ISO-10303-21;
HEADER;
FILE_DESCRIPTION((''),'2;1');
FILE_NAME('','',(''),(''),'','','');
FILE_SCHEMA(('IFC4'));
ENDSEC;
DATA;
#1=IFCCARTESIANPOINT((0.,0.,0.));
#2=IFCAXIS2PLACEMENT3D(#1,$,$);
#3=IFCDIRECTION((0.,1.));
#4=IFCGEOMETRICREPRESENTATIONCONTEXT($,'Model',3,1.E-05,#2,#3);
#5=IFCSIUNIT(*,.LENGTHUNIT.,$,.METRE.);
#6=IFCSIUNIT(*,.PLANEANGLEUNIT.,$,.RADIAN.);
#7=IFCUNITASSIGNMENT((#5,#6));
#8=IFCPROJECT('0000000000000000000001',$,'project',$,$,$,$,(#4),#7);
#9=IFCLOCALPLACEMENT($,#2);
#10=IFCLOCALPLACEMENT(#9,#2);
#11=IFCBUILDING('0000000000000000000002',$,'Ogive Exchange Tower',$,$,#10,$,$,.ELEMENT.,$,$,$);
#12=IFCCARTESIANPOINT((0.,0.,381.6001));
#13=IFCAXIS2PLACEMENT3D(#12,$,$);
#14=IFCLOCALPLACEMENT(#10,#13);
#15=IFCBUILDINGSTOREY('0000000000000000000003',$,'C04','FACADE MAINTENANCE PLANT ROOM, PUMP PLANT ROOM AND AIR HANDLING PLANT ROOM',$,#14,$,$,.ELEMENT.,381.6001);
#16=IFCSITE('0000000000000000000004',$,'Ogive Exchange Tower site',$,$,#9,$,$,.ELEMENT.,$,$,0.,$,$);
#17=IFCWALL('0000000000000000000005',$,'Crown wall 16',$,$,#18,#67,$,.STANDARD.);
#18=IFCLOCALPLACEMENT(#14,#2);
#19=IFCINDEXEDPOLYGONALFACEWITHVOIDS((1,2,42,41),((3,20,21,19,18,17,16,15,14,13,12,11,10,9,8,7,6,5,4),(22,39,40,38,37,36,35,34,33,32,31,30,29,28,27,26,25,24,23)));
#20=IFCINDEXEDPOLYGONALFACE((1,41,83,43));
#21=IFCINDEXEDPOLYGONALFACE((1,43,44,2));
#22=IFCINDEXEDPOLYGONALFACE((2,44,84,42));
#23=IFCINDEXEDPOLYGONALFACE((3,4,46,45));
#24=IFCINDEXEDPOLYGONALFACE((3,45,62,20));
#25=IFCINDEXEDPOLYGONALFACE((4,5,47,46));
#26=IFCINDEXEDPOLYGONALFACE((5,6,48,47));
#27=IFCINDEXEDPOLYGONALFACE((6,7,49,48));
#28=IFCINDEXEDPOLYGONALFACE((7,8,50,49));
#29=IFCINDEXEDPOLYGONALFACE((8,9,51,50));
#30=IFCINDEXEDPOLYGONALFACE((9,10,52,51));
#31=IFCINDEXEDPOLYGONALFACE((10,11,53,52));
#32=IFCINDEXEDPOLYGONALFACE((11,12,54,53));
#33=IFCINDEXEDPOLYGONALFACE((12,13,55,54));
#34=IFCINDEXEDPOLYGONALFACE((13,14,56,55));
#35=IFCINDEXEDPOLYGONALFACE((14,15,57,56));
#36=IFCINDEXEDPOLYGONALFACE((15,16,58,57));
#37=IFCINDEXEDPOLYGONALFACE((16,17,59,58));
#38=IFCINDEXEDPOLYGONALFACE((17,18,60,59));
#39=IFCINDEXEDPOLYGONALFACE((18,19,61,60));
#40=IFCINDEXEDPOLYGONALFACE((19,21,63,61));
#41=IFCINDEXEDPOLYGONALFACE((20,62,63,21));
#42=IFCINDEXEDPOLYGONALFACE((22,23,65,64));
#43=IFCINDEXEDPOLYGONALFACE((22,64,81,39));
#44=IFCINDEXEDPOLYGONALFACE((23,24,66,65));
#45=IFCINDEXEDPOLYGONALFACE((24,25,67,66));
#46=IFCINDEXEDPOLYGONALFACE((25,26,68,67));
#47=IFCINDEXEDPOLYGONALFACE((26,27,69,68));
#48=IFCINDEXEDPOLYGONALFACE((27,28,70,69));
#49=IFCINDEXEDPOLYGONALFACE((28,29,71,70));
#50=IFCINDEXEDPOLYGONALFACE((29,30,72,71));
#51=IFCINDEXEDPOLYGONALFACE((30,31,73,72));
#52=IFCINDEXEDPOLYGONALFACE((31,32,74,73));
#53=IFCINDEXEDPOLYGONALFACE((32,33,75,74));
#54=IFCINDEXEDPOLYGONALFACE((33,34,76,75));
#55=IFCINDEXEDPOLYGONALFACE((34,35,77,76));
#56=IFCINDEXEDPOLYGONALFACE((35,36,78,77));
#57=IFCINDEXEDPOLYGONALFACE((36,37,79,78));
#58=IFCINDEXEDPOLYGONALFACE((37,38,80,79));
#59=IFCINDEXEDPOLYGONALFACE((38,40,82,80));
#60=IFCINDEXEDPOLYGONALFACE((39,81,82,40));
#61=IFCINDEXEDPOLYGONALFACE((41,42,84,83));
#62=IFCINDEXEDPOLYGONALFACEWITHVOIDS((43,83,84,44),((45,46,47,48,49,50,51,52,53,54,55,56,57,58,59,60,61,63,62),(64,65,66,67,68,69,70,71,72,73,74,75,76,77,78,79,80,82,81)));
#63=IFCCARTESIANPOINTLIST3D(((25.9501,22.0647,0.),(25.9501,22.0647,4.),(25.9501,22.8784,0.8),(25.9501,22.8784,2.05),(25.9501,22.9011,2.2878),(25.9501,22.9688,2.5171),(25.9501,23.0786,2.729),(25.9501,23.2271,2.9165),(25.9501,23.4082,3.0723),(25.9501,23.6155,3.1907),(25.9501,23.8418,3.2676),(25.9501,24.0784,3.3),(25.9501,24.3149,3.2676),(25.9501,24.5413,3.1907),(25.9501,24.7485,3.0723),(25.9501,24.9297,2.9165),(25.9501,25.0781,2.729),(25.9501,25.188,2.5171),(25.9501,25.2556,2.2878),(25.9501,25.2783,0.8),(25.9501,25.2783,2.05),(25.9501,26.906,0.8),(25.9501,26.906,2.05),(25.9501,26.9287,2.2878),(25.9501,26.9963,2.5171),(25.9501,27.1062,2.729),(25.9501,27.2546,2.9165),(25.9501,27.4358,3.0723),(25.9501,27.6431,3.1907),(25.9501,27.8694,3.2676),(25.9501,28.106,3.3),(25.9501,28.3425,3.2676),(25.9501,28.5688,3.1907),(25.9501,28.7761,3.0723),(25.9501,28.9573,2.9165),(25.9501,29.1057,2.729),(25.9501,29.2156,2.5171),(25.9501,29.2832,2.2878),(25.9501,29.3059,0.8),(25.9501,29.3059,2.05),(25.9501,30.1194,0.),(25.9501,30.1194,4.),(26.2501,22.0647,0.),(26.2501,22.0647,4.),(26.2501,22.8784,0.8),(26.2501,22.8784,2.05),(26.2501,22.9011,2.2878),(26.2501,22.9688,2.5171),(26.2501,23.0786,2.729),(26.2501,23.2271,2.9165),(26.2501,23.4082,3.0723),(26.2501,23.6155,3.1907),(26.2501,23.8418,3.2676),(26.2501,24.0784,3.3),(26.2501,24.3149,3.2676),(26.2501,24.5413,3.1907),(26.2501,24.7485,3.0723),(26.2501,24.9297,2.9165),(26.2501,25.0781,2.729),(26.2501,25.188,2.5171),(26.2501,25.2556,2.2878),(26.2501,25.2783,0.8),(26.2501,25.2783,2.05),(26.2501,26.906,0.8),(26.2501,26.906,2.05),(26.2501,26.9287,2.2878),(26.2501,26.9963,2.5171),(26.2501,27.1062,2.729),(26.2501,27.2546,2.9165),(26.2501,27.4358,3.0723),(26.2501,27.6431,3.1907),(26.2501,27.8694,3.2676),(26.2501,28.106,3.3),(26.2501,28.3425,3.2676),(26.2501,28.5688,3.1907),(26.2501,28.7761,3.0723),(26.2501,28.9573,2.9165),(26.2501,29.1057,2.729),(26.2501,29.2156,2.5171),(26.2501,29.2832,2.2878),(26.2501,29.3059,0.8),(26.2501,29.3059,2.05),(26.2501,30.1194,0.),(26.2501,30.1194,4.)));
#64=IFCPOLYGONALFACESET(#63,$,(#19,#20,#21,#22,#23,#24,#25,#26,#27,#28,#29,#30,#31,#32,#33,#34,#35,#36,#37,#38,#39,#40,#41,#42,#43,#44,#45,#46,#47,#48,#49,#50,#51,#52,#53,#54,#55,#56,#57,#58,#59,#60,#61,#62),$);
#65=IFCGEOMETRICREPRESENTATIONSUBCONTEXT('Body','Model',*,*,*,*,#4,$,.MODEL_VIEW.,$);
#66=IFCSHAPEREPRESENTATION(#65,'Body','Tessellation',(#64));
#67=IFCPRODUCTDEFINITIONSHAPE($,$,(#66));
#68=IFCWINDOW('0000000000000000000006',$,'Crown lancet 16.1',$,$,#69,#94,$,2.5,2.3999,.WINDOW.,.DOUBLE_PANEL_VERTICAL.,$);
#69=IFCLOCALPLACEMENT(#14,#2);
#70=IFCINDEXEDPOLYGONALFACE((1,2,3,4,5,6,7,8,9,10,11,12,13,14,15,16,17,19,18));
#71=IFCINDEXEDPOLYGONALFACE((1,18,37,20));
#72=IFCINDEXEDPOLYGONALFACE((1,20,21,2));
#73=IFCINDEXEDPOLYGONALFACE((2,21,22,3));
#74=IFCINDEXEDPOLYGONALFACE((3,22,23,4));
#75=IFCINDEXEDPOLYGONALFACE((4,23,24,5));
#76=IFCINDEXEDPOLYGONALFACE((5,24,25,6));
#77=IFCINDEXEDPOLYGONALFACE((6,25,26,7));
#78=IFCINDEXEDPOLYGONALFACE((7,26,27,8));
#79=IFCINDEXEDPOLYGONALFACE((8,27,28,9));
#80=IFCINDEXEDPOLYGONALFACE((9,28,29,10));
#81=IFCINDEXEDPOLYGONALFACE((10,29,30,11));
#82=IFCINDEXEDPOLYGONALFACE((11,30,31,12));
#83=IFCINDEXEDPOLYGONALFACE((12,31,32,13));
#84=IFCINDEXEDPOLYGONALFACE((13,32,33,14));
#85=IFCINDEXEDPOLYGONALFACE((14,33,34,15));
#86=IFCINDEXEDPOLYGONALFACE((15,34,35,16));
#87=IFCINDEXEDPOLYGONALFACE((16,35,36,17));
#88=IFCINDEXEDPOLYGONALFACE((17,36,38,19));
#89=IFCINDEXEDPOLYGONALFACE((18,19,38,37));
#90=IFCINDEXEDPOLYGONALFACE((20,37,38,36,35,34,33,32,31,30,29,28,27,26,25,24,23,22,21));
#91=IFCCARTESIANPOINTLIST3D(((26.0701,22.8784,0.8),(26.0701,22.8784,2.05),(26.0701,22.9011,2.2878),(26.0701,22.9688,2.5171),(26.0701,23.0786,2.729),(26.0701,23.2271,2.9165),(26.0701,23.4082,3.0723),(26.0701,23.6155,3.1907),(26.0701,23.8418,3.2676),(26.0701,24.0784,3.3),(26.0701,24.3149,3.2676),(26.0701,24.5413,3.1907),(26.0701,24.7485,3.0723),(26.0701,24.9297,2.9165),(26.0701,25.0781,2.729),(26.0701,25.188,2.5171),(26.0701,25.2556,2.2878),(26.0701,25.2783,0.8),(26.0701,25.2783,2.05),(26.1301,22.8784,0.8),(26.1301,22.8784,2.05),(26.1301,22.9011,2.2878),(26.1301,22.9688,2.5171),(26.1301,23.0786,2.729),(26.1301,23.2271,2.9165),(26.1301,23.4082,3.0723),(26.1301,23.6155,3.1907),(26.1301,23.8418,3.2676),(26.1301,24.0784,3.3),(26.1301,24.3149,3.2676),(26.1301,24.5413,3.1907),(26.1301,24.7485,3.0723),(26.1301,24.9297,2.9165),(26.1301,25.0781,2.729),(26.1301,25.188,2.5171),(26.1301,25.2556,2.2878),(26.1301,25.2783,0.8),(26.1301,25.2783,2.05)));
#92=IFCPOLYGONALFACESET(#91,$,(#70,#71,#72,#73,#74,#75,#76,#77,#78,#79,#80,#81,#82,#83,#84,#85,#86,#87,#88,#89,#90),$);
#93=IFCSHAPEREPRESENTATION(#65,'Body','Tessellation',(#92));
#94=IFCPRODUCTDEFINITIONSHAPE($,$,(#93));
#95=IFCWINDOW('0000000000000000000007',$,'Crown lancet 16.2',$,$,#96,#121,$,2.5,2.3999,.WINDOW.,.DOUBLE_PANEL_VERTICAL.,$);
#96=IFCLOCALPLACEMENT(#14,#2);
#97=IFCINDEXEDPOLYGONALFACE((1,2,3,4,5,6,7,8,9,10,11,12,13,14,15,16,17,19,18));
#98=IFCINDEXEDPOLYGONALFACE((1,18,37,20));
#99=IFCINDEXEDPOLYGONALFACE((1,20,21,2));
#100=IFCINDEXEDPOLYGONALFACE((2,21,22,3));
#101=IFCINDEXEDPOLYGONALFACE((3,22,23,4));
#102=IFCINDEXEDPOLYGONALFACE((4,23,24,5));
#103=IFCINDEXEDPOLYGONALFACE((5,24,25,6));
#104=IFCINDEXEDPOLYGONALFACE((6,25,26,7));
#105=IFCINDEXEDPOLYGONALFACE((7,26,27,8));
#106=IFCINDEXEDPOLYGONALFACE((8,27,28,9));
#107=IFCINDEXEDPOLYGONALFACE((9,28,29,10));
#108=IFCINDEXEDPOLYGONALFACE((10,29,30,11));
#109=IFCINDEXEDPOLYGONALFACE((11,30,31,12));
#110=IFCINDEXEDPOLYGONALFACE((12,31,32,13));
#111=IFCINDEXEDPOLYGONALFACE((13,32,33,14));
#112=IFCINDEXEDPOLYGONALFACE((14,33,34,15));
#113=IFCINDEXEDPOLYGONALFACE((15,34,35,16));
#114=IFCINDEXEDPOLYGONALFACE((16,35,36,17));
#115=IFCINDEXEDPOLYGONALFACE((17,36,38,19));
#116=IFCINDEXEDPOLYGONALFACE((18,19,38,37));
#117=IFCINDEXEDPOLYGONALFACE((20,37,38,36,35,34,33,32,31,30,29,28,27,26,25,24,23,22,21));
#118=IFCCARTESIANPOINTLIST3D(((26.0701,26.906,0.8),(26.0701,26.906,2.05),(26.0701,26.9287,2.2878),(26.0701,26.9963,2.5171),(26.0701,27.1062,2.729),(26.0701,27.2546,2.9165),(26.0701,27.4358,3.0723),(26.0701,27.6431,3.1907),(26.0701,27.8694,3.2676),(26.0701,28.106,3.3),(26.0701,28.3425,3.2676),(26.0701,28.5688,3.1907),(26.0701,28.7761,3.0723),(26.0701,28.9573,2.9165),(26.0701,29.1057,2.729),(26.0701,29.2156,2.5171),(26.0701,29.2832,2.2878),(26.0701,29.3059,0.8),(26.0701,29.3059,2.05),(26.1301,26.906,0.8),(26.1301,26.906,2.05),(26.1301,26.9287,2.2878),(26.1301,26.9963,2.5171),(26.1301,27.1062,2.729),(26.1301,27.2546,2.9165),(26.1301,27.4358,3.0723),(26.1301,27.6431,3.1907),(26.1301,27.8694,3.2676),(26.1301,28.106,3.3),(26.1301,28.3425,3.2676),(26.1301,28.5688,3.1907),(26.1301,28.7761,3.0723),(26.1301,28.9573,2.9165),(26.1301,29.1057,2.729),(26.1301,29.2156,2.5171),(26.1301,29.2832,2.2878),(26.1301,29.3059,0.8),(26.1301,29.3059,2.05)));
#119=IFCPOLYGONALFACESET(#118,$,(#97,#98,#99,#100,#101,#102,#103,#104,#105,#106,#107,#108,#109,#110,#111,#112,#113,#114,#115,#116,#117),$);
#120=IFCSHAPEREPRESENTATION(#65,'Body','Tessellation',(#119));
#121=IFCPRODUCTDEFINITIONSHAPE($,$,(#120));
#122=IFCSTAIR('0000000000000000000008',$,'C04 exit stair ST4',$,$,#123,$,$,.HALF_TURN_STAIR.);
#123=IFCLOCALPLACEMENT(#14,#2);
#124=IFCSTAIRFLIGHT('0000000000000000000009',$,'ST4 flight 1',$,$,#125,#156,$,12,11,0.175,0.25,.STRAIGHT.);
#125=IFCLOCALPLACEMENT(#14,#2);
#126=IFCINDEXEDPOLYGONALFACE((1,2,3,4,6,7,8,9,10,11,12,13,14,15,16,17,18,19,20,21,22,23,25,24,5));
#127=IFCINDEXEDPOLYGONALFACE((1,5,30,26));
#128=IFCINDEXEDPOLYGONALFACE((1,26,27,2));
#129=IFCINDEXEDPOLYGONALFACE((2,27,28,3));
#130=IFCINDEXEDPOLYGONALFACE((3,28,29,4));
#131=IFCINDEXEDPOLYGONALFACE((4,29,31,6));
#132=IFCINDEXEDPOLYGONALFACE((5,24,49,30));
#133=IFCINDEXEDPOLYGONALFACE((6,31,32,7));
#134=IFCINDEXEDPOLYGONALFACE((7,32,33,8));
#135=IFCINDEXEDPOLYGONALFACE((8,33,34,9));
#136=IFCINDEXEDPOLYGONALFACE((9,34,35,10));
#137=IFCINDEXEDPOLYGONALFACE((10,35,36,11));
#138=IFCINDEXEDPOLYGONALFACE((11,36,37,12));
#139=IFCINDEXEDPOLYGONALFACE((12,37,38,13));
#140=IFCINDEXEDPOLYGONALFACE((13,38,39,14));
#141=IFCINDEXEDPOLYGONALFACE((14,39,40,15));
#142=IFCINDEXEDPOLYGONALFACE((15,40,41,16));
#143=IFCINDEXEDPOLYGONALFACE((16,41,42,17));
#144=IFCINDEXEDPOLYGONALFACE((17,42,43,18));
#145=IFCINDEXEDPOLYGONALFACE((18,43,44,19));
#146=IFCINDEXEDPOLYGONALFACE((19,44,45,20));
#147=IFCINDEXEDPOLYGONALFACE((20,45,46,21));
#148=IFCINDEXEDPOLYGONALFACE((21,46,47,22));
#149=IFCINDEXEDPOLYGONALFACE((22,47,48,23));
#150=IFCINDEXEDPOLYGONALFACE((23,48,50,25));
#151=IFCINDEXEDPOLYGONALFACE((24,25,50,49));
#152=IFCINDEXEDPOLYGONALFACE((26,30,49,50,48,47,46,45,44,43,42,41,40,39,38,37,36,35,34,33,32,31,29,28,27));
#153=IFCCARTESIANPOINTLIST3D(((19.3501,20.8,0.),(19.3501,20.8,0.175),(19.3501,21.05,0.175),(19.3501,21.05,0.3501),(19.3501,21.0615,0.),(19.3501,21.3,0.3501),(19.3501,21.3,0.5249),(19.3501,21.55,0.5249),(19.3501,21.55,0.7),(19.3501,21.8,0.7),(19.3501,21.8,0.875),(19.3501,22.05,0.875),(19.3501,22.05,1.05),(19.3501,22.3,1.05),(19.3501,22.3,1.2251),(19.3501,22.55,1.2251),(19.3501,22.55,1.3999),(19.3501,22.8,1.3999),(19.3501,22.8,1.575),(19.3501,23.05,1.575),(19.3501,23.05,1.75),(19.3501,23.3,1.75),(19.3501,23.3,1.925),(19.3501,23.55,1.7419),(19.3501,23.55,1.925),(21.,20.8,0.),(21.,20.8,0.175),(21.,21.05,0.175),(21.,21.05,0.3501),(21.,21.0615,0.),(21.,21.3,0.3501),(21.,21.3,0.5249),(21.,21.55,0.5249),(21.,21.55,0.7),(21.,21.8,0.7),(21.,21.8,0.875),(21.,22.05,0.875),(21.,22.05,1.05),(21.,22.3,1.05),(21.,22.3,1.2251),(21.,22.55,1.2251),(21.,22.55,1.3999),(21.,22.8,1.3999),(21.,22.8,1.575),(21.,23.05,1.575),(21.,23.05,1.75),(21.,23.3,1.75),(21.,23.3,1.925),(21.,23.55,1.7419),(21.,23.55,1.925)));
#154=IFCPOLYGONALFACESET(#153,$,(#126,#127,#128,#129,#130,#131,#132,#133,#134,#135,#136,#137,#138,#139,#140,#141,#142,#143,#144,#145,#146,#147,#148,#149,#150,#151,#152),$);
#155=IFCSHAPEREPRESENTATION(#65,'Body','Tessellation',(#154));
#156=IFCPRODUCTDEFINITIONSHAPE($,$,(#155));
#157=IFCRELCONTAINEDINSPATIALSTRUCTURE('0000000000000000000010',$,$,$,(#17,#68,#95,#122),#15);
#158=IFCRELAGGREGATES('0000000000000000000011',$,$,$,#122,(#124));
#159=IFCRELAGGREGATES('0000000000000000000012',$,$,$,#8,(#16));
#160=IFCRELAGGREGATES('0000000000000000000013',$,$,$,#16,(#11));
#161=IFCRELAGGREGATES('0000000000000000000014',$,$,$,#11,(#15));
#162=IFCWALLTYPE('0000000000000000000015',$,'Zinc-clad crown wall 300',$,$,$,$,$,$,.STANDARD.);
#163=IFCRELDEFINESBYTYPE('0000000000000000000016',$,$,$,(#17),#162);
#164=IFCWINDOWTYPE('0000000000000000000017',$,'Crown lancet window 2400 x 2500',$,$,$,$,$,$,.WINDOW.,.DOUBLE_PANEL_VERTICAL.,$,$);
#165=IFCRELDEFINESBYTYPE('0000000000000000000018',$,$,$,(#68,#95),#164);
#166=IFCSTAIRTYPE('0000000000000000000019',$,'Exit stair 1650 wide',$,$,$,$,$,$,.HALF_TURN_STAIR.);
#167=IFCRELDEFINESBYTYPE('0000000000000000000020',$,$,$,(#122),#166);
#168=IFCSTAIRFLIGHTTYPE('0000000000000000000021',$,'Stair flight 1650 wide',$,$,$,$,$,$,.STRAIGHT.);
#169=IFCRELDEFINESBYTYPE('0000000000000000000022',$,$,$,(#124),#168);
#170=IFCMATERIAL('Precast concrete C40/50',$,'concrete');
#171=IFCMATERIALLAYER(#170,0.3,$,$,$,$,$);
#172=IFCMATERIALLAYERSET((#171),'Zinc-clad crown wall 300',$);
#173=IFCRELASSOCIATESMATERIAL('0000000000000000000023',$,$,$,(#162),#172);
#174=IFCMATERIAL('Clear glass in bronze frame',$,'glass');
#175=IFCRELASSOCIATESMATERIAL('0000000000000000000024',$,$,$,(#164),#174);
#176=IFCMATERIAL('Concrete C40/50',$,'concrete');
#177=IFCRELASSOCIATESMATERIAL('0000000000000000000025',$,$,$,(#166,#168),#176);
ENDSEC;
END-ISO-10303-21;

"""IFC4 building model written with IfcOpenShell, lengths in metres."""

from ifc_helpers import new_model, si_unit, direction, frame, frame_2d, origin, place, context, subcontext, project, spatial, polyline, rectangle, outline, extrude, material, layer, layer_set, type_object, element, fill, aggregate, save


model = new_model("IFC4")

# Units and contexts
model_context = context("Model", 3, precision=1e-05, world=origin(), true_north=direction((0.0, 1.0)))
body_context = subcontext(model_context, "Body", "Model", "MODEL_VIEW")
ifc_project = project(units=[si_unit("LENGTHUNIT", "METRE"), si_unit("PLANEANGLEUNIT", "RADIAN")], contexts=[model_context])

# Site, building, storey
site_placement = place(None, origin())
site = spatial("IfcSite", under=ifc_project, at=site_placement, Name="Ogive Exchange Tower site", CompositionType="ELEMENT", RefElevation=0.0)
building_placement = place(site_placement, origin())
building = spatial("IfcBuilding", under=site, at=building_placement, Name="Ogive Exchange Tower", CompositionType="ELEMENT")
storey_placement = place(building_placement, frame((0.0, 0.0, 381.6001)))
storey = spatial("IfcBuildingStorey", under=building, at=storey_placement, Name="C04", Description="FACADE MAINTENANCE PLANT ROOM, PUMP PLANT ROOM AND AIR HANDLING PLANT ROOM", CompositionType="ELEMENT", Elevation=381.6001)

# Wall, openings, windows
ifc_material_1 = material(Name="Precast concrete C40/50", Category="concrete")
ifc_layer_1 = layer(ifc_material_1, 0.3)
ifc_layer_set_1 = layer_set([ifc_layer_1], Name="Zinc-clad crown wall 300")
wall_type_1 = type_object("IfcWallType", Name="Zinc-clad crown wall 300", PredefinedType="STANDARD", material=ifc_layer_set_1)
ifc_material_2 = material(Name="Clear glass in bronze frame", Category="glass")
window_type = type_object("IfcWindowType", Name="Crown lancet window 2400 x 2500", PartitioningType="DOUBLE_PANEL_VERTICAL", PredefinedType="WINDOW", material=ifc_material_2)
wall_1_placement = place(storey_placement, frame((26.1001, 22.0647, 0.0), z_axis=(0.0, 0.0, 1.0), x_axis=(0.0, 1.0, 0.0)))
wall_1 = element("IfcWall", 1, at=wall_1_placement, inside=storey, type_object=wall_type_1, Name="Crown wall 16", PredefinedType="STANDARD", context=body_context, shape_type="SweptSolid", body=[
    extrude(rectangle(XDim=8.0547, YDim=0.3, at=frame_2d((4.0273, 0.0))), origin(), (0.0, 0.0, 1.0), 4.0),
])
opening_1_placement = place(wall_1_placement, frame((0.8137, 0.0, 0.8)))
opening_1 = element("IfcOpeningElement", 2, at=opening_1_placement, cuts=wall_1, PredefinedType="OPENING", context=body_context, shape_type="SweptSolid", body=[
    extrude(outline(polyline([(0.0, 0.0), (2.3999, 0.0), (2.3999, 1.25), (2.3772, 1.4878), (2.3096, 1.717), (2.1997, 1.929), (2.0513, 2.1165), (1.8701, 2.2722), (1.6628, 2.3906), (1.4365, 2.4675), (1.2, 2.5), (0.9634, 2.4675), (0.7371, 2.3906), (0.5298, 2.2722), (0.3486, 2.1165), (0.2002, 1.929), (0.0903, 1.717), (0.0227, 1.4878), (0.0, 1.25), (0.0, 0.0)])), frame((0.0, 0.1599, 0.0), z_axis=(0.0, -1.0, 0.0), x_axis=(1.0, 0.0, 0.0)), (0.0, 0.0, 1.0), 0.3201),
])
opening_2_placement = place(wall_1_placement, frame((4.8413, 0.0, 0.8)))
opening_2 = element("IfcOpeningElement", 3, at=opening_2_placement, cuts=wall_1, PredefinedType="OPENING", context=body_context, shape_type="SweptSolid", body=[
    extrude(outline(polyline([(0.0, 0.0), (2.3999, 0.0), (2.3999, 1.25), (2.3772, 1.4878), (2.3096, 1.717), (2.1997, 1.929), (2.0513, 2.1165), (1.8701, 2.2722), (1.6628, 2.3906), (1.4365, 2.4675), (1.2, 2.5), (0.9634, 2.4675), (0.7371, 2.3906), (0.5298, 2.2722), (0.3486, 2.1165), (0.2002, 1.929), (0.0903, 1.717), (0.0227, 1.4878), (0.0, 1.25), (0.0, 0.0)])), frame((0.0, 0.1599, 0.0), z_axis=(0.0, -1.0, 0.0), x_axis=(1.0, 0.0, 0.0)), (0.0, 0.0, 1.0), 0.3201),
])
window_1_placement = place(opening_1_placement, origin())
window_1 = element("IfcWindow", 4, at=window_1_placement, inside=storey, type_object=window_type, Name="Crown lancet 16.1", OverallHeight=2.5, OverallWidth=2.3999, PartitioningType="DOUBLE_PANEL_VERTICAL", PredefinedType="WINDOW", context=body_context, shape_type="SweptSolid", body=[
    extrude(outline(polyline([(0.0, 0.0), (2.3999, 0.0), (2.3999, 1.25), (2.3772, 1.4878), (2.3096, 1.717), (2.1997, 1.929), (2.0513, 2.1165), (1.8701, 2.2722), (1.6628, 2.3906), (1.4365, 2.4675), (1.2, 2.5), (0.9634, 2.4675), (0.7371, 2.3906), (0.5298, 2.2722), (0.3486, 2.1165), (0.2002, 1.929), (0.0903, 1.717), (0.0227, 1.4878), (0.0, 1.25), (0.0, 0.0)])), frame((0.0, 0.03, 0.0), z_axis=(0.0, -1.0, 0.0), x_axis=(1.0, 0.0, 0.0)), (0.0, 0.0, 1.0), 0.0601),
])
fill(opening_1, window_1)
window_2_placement = place(opening_2_placement, origin())
window_2 = element("IfcWindow", 5, at=window_2_placement, inside=storey, type_object=window_type, Name="Crown lancet 16.2", OverallHeight=2.5, OverallWidth=2.3999, PartitioningType="DOUBLE_PANEL_VERTICAL", PredefinedType="WINDOW", context=body_context, shape_type="SweptSolid", body=[
    extrude(outline(polyline([(0.0, 0.0), (2.3999, 0.0), (2.3999, 1.25), (2.3772, 1.4878), (2.3096, 1.717), (2.1997, 1.929), (2.0513, 2.1165), (1.8701, 2.2722), (1.6628, 2.3906), (1.4365, 2.4675), (1.2, 2.5), (0.9634, 2.4675), (0.7371, 2.3906), (0.5298, 2.2722), (0.3486, 2.1165), (0.2002, 1.929), (0.0903, 1.717), (0.0227, 1.4878), (0.0, 1.25), (0.0, 0.0)])), frame((0.0, 0.03, 0.0), z_axis=(0.0, -1.0, 0.0), x_axis=(1.0, 0.0, 0.0)), (0.0, 0.0, 1.0), 0.0601),
])
fill(opening_2, window_2)

# Stair, stair flight
ifc_material_3 = material(Name="Concrete C40/50", Category="concrete")
stair_type = type_object("IfcStairType", Name="Exit stair 1650 wide", PredefinedType="HALF_TURN_STAIR", material=ifc_material_3)
stair_placement = place(storey_placement, origin())
stair = element("IfcStair", 6, at=stair_placement, inside=storey, type_object=stair_type, Name="C04 exit stair ST4", PredefinedType="HALF_TURN_STAIR")
stair_flight_type = type_object("IfcStairFlightType", Name="Stair flight 1650 wide", PredefinedType="STRAIGHT", material=ifc_material_3)
stair_flight_1_placement = place(storey_placement, frame((20.175, 20.8, 0.0), z_axis=(0.0, 0.0, 1.0), x_axis=(0.0, 1.0, 0.0)))
stair_flight_1 = element("IfcStairFlight", 7, at=stair_flight_1_placement, type_object=stair_flight_type, Name="ST4 flight 1", NumberOfRisers=12, NumberOfTreads=11, PredefinedType="STRAIGHT", RiserHeight=0.175, TreadLength=0.25, context=body_context, shape_type="SweptSolid", body=[
    extrude(outline(polyline([(0.0, 0.0), (0.0, 0.175), (0.25, 0.175), (0.25, 0.3501), (0.5, 0.3501), (0.5, 0.5249), (0.75, 0.5249), (0.75, 0.7), (1.0, 0.7), (1.0, 0.875), (1.25, 0.875), (1.25, 1.05), (1.5, 1.05), (1.5, 1.2251), (1.75, 1.2251), (1.75, 1.3999), (2.0, 1.3999), (2.0, 1.575), (2.25, 1.575), (2.25, 1.75), (2.5, 1.75), (2.5, 1.925), (2.75, 1.925), (2.75, 2.1001), (2.75, 1.7419), (0.2615, 0.0), (0.0, 0.0)])), frame((0.0, 0.825, 0.0), z_axis=(0.0, -1.0, 0.0), x_axis=(1.0, 0.0, 0.0)), (0.0, 0.0, 1.0), 1.6499),
])
aggregate(stair, [stair_flight_1])

save(model, "model.ifc")
